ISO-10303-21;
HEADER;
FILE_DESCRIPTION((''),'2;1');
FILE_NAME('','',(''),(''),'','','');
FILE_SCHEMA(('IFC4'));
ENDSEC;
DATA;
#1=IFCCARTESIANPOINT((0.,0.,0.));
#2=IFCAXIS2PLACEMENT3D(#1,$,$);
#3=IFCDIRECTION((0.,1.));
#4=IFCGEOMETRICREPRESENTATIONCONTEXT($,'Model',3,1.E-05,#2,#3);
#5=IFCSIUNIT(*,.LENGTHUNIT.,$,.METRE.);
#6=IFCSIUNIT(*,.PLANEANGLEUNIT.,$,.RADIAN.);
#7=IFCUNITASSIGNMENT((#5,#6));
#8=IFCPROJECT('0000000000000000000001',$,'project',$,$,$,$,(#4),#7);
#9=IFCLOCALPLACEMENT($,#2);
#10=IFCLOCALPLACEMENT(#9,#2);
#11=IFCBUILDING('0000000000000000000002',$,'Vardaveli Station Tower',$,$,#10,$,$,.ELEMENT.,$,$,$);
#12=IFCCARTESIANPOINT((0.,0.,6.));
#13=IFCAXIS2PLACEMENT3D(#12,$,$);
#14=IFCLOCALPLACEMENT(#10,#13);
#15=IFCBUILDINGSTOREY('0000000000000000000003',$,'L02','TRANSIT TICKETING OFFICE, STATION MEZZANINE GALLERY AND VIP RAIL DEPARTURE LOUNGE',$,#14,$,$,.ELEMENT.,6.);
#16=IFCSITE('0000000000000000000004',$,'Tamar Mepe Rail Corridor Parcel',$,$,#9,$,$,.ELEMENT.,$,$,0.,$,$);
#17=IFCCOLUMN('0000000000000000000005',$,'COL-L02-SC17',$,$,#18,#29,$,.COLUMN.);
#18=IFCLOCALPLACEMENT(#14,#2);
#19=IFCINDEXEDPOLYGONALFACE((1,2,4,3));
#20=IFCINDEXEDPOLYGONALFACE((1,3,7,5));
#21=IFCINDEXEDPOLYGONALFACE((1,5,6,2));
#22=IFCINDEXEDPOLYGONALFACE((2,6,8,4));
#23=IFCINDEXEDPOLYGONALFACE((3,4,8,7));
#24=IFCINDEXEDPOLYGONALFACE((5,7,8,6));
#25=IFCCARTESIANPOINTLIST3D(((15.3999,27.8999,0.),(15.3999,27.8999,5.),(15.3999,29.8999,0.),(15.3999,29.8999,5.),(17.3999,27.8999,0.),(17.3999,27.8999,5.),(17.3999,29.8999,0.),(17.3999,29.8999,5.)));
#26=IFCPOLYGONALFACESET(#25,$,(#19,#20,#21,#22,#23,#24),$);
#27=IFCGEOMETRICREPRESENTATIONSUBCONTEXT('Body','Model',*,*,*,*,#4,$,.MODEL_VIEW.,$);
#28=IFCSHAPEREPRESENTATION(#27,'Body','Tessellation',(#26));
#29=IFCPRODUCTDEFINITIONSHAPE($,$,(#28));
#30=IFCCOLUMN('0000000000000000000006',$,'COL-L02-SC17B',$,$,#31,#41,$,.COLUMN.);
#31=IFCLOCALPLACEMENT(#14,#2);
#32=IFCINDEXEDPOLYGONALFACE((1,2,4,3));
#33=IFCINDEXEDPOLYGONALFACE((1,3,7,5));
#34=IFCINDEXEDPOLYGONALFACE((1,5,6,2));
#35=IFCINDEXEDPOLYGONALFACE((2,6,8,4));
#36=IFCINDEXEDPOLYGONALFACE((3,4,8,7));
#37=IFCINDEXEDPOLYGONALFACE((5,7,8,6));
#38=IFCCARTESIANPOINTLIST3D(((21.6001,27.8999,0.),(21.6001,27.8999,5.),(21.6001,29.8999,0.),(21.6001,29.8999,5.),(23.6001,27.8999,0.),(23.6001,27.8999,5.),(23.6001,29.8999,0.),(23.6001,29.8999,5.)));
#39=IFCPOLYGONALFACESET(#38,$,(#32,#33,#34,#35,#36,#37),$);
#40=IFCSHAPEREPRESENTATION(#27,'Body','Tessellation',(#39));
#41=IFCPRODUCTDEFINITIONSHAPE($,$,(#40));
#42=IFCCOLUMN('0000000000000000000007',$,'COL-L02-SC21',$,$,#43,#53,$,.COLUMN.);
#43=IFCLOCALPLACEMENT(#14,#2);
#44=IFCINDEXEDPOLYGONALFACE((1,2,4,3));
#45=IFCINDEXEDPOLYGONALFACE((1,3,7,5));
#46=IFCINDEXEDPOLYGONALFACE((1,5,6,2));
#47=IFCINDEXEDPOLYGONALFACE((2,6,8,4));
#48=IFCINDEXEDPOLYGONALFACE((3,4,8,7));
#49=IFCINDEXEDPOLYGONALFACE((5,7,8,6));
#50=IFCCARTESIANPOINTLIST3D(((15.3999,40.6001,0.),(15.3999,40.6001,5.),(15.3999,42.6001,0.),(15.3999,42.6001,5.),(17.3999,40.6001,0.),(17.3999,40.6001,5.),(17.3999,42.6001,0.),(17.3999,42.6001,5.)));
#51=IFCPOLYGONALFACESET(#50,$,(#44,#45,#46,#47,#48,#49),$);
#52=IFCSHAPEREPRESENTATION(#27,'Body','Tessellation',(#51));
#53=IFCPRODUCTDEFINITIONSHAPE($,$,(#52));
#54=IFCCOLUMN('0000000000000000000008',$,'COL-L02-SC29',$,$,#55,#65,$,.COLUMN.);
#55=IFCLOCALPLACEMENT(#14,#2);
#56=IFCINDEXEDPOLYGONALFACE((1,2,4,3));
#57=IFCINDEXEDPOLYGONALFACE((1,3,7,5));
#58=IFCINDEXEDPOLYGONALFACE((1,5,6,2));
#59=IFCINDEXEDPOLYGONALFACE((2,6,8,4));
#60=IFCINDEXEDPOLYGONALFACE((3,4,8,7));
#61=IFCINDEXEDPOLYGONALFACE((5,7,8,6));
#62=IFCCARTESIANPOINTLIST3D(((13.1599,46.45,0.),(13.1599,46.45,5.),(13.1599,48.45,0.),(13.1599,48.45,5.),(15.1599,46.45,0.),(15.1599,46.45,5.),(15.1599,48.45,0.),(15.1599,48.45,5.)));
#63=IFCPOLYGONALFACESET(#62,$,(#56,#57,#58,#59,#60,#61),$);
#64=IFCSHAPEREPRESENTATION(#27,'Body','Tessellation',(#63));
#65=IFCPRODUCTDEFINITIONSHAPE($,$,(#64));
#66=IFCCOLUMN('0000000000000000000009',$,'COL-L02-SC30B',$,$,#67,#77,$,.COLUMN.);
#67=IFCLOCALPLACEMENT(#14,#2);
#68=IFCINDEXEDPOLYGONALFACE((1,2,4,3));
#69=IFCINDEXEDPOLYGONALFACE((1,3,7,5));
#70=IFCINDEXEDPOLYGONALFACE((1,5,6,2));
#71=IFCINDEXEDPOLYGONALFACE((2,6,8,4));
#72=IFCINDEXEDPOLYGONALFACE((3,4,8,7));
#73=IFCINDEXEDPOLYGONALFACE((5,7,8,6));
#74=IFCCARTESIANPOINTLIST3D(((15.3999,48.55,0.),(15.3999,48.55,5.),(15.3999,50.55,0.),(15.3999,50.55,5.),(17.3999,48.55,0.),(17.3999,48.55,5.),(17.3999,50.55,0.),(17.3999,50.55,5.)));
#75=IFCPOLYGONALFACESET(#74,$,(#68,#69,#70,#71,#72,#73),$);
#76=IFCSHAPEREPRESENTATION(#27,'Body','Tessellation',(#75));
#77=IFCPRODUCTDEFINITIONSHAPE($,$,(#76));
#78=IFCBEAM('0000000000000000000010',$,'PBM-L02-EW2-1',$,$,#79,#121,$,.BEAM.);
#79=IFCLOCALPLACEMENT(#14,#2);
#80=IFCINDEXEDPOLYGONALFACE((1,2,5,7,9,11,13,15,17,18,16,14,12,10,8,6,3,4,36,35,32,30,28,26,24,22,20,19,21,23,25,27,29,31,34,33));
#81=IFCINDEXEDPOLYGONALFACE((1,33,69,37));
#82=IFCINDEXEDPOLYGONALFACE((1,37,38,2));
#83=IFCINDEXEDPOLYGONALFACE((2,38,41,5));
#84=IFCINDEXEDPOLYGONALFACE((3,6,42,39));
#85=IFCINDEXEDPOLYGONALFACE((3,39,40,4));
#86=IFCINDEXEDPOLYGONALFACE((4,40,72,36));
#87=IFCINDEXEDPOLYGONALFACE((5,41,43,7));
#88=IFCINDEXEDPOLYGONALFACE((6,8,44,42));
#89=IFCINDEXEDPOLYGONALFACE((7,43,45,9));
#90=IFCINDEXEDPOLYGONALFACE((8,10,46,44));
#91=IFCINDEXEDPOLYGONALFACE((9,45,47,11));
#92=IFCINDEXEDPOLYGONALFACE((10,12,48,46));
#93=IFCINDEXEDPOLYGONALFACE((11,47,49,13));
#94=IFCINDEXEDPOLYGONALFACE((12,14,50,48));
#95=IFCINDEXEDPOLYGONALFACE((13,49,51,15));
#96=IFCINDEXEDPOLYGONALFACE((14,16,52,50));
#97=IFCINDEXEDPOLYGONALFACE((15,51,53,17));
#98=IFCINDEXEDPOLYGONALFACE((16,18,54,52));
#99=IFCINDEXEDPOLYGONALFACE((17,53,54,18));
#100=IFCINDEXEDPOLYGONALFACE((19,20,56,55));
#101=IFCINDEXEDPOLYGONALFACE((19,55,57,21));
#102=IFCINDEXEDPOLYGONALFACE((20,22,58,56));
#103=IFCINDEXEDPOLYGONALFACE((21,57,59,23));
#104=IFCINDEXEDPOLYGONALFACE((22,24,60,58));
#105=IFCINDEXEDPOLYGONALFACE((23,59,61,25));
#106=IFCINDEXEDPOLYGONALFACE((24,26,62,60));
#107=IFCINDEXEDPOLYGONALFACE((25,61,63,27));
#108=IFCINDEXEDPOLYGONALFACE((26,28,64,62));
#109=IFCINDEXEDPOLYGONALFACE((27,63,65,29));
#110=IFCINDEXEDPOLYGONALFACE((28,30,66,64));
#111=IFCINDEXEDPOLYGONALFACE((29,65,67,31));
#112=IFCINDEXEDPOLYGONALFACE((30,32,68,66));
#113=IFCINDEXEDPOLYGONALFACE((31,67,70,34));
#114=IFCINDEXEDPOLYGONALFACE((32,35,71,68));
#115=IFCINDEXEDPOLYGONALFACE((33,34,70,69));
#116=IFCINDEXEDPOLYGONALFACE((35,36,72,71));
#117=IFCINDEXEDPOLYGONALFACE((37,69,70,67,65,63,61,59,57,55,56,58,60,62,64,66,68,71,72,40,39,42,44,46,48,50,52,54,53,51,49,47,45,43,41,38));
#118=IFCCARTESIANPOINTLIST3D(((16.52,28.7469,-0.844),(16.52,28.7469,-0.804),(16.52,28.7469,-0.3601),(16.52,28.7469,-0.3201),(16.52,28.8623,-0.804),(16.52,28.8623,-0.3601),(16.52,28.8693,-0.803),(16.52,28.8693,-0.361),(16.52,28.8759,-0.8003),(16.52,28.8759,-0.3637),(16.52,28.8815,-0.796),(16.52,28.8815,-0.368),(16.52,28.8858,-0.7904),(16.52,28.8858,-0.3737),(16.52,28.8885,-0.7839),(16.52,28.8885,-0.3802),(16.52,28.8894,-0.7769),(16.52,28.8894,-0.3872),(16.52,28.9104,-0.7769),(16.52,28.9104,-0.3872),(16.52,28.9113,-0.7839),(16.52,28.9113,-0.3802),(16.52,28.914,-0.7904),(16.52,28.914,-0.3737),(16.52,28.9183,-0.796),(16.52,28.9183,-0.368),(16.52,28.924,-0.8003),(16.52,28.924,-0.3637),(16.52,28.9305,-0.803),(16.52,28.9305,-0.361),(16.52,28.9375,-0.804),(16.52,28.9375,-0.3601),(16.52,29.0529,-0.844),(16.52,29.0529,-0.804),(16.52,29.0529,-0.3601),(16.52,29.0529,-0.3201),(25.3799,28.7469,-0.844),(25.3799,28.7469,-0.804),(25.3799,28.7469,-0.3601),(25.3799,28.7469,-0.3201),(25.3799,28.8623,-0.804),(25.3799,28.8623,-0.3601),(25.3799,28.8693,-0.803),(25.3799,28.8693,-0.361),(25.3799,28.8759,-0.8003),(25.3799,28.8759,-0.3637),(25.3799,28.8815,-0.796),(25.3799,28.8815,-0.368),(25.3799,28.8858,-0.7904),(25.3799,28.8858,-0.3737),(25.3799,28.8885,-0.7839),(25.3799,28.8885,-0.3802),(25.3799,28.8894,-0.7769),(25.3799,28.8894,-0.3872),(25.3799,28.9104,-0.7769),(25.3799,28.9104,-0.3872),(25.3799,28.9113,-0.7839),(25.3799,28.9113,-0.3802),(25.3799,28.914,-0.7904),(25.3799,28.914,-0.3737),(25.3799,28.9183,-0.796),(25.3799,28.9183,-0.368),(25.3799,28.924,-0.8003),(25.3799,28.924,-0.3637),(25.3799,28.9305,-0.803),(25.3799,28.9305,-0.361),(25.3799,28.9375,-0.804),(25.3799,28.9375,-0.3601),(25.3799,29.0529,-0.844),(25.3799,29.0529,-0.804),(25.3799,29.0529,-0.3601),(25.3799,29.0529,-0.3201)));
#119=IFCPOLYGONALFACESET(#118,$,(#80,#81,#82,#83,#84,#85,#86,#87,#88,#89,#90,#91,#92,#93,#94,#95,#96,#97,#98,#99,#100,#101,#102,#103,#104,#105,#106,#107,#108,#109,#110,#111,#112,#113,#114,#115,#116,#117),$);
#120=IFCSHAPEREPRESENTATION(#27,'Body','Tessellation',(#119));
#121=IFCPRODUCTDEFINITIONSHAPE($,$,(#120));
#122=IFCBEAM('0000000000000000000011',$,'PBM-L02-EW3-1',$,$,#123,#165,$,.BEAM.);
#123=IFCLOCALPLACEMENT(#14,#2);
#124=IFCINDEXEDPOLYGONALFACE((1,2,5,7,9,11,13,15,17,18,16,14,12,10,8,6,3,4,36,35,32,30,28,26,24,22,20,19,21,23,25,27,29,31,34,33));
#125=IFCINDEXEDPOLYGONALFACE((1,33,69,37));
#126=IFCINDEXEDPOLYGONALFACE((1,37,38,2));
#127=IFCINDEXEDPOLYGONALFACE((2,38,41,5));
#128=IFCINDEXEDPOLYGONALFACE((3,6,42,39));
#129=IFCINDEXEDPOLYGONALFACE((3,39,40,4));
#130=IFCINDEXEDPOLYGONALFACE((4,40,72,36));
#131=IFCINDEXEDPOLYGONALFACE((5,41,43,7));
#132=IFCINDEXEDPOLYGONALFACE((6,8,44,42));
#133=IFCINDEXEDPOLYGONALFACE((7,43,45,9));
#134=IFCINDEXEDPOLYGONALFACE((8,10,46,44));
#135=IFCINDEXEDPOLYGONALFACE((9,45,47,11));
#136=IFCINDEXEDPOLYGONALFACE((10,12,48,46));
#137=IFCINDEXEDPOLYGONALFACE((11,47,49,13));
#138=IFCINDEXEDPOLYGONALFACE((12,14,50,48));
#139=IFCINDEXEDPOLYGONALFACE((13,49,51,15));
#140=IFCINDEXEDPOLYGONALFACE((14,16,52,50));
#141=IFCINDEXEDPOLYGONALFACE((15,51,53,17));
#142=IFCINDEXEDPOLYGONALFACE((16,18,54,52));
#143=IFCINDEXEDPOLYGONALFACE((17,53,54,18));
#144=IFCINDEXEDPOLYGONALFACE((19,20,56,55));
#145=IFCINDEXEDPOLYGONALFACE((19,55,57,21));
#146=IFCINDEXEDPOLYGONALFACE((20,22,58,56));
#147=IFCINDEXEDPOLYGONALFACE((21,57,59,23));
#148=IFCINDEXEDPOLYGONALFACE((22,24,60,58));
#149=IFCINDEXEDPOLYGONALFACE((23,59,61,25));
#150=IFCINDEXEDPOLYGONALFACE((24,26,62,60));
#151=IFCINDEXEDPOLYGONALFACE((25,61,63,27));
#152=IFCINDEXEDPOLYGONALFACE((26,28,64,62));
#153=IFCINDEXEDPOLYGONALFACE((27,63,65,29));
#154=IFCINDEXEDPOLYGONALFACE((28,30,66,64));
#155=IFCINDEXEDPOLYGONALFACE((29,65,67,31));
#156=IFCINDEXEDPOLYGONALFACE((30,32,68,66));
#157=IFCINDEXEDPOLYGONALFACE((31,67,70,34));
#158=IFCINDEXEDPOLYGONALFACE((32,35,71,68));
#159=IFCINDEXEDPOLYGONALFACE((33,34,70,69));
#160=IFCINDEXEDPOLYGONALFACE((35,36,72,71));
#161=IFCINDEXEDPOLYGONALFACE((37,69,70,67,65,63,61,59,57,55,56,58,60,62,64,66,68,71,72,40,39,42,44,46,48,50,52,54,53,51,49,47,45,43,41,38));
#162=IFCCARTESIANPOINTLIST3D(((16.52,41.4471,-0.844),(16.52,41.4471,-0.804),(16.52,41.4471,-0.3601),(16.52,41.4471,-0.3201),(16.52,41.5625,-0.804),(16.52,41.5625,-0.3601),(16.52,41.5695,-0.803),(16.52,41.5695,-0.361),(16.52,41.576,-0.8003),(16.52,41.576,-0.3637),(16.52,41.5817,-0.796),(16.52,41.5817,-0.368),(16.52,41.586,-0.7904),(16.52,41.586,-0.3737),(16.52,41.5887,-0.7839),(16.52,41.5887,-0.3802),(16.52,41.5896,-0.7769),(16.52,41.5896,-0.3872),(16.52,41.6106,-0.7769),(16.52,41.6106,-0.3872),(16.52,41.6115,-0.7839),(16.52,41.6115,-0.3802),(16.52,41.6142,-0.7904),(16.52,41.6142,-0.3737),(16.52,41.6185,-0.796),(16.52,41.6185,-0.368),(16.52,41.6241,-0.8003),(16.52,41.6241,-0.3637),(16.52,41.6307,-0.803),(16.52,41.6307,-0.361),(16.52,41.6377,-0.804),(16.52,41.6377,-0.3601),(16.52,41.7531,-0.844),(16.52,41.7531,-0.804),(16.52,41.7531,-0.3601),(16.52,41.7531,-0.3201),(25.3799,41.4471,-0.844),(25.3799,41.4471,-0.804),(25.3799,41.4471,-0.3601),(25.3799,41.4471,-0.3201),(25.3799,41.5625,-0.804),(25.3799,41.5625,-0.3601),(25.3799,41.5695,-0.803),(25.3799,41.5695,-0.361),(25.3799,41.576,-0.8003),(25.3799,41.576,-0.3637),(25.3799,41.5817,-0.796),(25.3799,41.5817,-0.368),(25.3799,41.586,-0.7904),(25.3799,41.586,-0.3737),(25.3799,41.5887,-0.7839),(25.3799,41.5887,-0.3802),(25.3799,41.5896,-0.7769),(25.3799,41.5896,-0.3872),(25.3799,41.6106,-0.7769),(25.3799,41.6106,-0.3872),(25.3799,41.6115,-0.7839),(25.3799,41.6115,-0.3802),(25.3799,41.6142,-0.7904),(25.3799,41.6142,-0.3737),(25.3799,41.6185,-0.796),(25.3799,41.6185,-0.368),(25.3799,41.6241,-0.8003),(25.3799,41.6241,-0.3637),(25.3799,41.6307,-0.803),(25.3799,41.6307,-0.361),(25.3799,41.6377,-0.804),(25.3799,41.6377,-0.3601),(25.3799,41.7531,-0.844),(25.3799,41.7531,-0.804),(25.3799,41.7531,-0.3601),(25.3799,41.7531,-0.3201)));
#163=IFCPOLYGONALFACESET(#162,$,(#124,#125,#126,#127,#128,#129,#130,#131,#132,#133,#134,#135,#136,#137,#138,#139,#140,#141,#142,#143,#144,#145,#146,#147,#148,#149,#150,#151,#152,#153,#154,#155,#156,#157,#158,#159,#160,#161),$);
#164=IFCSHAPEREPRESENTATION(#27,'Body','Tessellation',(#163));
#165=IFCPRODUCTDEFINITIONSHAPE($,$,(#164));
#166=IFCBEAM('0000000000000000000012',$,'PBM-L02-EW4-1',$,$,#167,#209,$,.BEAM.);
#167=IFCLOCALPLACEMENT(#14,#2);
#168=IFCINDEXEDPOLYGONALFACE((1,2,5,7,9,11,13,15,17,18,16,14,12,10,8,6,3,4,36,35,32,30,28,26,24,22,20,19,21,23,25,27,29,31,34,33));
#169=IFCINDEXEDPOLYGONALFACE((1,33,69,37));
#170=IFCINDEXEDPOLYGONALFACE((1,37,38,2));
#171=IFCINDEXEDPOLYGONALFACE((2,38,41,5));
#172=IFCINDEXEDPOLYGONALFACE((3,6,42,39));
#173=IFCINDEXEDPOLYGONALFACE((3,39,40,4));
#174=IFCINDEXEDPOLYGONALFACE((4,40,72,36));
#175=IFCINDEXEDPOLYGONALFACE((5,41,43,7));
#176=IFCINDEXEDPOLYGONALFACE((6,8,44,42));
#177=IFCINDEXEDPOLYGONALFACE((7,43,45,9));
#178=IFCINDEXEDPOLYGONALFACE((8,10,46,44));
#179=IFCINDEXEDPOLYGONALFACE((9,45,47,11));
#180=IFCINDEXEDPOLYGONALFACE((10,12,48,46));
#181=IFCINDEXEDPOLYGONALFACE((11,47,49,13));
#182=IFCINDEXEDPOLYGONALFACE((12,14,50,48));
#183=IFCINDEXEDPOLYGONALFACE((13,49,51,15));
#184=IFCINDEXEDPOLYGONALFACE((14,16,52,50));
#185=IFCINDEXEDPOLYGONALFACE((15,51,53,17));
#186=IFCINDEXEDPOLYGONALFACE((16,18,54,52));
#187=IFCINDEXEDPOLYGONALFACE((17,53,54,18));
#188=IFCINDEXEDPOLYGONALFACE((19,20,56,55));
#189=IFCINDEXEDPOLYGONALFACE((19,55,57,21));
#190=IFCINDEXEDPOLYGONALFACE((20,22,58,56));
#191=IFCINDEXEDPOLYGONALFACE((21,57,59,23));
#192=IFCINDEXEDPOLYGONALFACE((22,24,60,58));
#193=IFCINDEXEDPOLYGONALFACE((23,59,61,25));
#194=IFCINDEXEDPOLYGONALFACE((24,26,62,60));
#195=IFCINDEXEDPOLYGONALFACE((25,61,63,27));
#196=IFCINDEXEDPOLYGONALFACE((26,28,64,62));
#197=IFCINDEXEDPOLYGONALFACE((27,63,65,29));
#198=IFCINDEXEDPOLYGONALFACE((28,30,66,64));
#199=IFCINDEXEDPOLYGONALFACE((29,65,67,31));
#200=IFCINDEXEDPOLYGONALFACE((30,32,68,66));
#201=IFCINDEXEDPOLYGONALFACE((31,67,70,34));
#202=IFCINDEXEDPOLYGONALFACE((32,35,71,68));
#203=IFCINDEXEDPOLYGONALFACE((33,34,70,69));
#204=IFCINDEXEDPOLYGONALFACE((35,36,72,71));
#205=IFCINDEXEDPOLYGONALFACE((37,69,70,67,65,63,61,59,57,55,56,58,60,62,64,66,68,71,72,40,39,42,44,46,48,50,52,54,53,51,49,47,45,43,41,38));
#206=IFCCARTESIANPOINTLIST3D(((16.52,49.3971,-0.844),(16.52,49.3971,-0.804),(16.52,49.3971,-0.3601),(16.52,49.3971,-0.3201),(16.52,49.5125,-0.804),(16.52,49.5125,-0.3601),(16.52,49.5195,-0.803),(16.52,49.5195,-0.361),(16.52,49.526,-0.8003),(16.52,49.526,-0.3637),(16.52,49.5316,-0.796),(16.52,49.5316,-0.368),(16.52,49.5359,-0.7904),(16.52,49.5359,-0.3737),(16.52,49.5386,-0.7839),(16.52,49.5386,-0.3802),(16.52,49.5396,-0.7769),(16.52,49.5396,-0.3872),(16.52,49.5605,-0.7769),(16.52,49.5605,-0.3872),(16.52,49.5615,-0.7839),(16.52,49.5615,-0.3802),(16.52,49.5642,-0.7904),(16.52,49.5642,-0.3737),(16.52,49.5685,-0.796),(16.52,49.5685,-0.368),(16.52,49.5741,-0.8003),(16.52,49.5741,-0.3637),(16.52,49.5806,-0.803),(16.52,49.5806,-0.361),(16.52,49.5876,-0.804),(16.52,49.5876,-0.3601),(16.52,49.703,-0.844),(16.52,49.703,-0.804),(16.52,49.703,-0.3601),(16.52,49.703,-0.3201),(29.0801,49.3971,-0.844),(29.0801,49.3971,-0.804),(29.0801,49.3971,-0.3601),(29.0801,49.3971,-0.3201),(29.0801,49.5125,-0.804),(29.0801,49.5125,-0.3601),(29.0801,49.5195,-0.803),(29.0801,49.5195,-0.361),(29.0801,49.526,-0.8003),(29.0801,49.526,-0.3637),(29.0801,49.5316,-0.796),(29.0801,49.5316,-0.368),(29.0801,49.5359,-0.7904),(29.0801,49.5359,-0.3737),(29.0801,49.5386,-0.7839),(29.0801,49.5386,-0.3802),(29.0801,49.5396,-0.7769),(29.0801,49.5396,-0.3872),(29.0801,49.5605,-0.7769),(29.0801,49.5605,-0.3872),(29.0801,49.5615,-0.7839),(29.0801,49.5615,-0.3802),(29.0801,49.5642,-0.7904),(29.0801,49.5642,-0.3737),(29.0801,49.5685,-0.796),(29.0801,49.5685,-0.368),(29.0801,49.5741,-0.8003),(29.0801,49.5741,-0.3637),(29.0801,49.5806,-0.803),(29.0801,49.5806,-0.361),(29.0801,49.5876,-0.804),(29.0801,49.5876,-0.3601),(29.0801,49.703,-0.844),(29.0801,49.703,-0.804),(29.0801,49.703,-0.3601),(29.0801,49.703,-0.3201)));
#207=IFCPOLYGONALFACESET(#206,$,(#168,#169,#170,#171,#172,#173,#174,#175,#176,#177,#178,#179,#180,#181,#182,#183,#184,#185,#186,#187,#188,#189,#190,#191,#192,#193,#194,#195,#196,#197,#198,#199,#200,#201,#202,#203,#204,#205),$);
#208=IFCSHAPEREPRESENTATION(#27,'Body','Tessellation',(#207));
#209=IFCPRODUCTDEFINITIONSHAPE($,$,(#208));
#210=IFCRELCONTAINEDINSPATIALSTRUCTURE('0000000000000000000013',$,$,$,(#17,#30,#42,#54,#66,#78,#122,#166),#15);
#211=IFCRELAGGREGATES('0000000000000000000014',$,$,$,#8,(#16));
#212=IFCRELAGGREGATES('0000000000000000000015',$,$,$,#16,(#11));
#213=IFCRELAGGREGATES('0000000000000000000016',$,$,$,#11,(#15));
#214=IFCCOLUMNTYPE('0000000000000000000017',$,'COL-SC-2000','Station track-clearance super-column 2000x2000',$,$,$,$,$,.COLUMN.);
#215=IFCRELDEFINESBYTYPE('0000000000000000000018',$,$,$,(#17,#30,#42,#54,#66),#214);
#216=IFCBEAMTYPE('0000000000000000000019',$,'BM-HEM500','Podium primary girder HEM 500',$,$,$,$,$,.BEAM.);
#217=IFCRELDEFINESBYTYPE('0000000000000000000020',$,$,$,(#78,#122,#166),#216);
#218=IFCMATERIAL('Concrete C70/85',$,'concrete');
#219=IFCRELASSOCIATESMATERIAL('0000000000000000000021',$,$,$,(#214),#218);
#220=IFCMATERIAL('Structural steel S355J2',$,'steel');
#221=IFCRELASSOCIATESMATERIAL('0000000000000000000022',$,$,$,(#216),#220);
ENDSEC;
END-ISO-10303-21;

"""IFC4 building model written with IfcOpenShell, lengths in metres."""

from ifc_helpers import new_model, si_unit, direction, frame, origin, origin_2d, place, context, subcontext, project, spatial, rectangle, i_section, extrude, source, transform, mapped, material, material_profile, profile_set, type_object, element, save


model = new_model("IFC4")

# Units and contexts
model_context = context("Model", 3, precision=1e-05, world=origin(), true_north=direction((0.0, 1.0)))
body_context = subcontext(model_context, "Body", "Model", "MODEL_VIEW")
ifc_project = project(units=[si_unit("LENGTHUNIT", "METRE"), si_unit("PLANEANGLEUNIT", "RADIAN")], contexts=[model_context])

# Site, building, storey
site_placement = place(None, origin())
site = spatial("IfcSite", under=ifc_project, at=site_placement, Name="Tamar Mepe Rail Corridor Parcel", CompositionType="ELEMENT", RefElevation=0.0)
building_placement = place(site_placement, origin())
building = spatial("IfcBuilding", under=site, at=building_placement, Name="Vardaveli Station Tower", CompositionType="ELEMENT")
storey_placement = place(building_placement, frame((0.0, 0.0, 6.0)))
storey = spatial("IfcBuildingStorey", under=building, at=storey_placement, Name="L02", Description="TRANSIT TICKETING OFFICE, STATION MEZZANINE GALLERY AND VIP RAIL DEPARTURE LOUNGE", CompositionType="ELEMENT", Elevation=6.0)

# Columns
ifc_material_1 = material(Name="Concrete C70/85", Category="concrete")
ifc_material_profile_1 = material_profile(ifc_material_1, rectangle(XDim=2.0, YDim=2.0, at=origin_2d()), Name="SC 2000x2000")
ifc_profile_set_1 = profile_set([ifc_material_profile_1], Name="Concrete C70/85")
column_type = type_object("IfcColumnType", Name="COL-SC-2000", Description="Station track-clearance super-column 2000x2000", PredefinedType="COLUMN", material=ifc_profile_set_1)
shared_shape_1 = source(origin(), body_context, "Body", "SweptSolid", [
    extrude(rectangle(XDim=2.0, YDim=2.0, at=origin_2d()), origin(), (0.0, 0.0, 1.0), 5.0),
])
for number, where, z_axis, x_axis, name in (
    (1, (16.3999, 28.8999, 0.0), (0.0, 0.0, 1.0), (1.0, 0.0, 0.0), "COL-L02-SC17"),
    (2, (22.6001, 28.8999, 0.0), (0.0, 0.0, 1.0), (1.0, 0.0, 0.0), "COL-L02-SC17B"),
    (3, (16.3999, 41.6001, 0.0), (0.0, 0.0, 1.0), (1.0, 0.0, 0.0), "COL-L02-SC21"),
    (4, (14.1599, 47.45, 0.0), (0.0, 0.0, 1.0), (1.0, 0.0, 0.0), "COL-L02-SC29"),
    (5, (16.3999, 49.55, 0.0), (0.0, 0.0, 1.0), (1.0, 0.0, 0.0), "COL-L02-SC30B"),
):
    element("IfcColumn", number, at=place(storey_placement, frame(where, z_axis=z_axis, x_axis=x_axis)), inside=storey, type_object=column_type, Name=name, PredefinedType="COLUMN", context=body_context, shape_type="MappedRepresentation", body=[
        mapped(shared_shape_1, transform((0.0, 0.0, 0.0), scale=1.0)),
    ])

# Beams
ifc_material_2 = material(Name="Structural steel S355J2", Category="steel")
ifc_material_profile_2 = material_profile(ifc_material_2, i_section(OverallWidth=0.3059, OverallDepth=0.5239, WebThickness=0.021, FlangeThickness=0.04, FilletRadius=0.0271, at=origin_2d()), Name="HEM 500")
ifc_profile_set_2 = profile_set([ifc_material_profile_2], Name="Structural steel S355J2")
beam_type_1 = type_object("IfcBeamType", Name="BM-HEM500", Description="Podium primary girder HEM 500", PredefinedType="BEAM", material=ifc_profile_set_2)
shared_shape_2 = source(origin(), body_context, "Body", "SweptSolid", [
    extrude(i_section(OverallWidth=0.3059, OverallDepth=0.5239, WebThickness=0.021, FlangeThickness=0.04, FilletRadius=0.0271, at=origin_2d()), origin(), (0.0, 0.0, 1.0), 8.8599),
])
for number, where, z_axis, x_axis, name in (
    (6, (16.52, 28.8999, -0.582), (1.0, 0.0, 0.0), (0.0, 1.0, 0.0), "PBM-L02-EW2-1"),
    (7, (16.52, 41.6001, -0.582), (1.0, 0.0, 0.0), (0.0, 1.0, 0.0), "PBM-L02-EW3-1"),
):
    element("IfcBeam", number, at=place(storey_placement, frame(where, z_axis=z_axis, x_axis=x_axis)), inside=storey, type_object=beam_type_1, Name=name, PredefinedType="BEAM", context=body_context, shape_type="MappedRepresentation", body=[
        mapped(shared_shape_2, transform((0.0, 0.0, 0.0), scale=1.0)),
    ])
shared_shape_3 = source(origin(), body_context, "Body", "SweptSolid", [
    extrude(i_section(OverallWidth=0.3059, OverallDepth=0.5239, WebThickness=0.021, FlangeThickness=0.04, FilletRadius=0.0271, at=origin_2d()), origin(), (0.0, 0.0, 1.0), 12.5601),
])
beam_1_placement = place(storey_placement, frame((16.52, 49.55, -0.582), z_axis=(1.0, 0.0, 0.0), x_axis=(0.0, 1.0, 0.0)))
element("IfcBeam", 8, at=beam_1_placement, inside=storey, type_object=beam_type_1, Name="PBM-L02-EW4-1", PredefinedType="BEAM", context=body_context, shape_type="MappedRepresentation", body=[
    mapped(shared_shape_3, transform((0.0, 0.0, 0.0), scale=1.0)),
])

save(model, "model.ifc")
